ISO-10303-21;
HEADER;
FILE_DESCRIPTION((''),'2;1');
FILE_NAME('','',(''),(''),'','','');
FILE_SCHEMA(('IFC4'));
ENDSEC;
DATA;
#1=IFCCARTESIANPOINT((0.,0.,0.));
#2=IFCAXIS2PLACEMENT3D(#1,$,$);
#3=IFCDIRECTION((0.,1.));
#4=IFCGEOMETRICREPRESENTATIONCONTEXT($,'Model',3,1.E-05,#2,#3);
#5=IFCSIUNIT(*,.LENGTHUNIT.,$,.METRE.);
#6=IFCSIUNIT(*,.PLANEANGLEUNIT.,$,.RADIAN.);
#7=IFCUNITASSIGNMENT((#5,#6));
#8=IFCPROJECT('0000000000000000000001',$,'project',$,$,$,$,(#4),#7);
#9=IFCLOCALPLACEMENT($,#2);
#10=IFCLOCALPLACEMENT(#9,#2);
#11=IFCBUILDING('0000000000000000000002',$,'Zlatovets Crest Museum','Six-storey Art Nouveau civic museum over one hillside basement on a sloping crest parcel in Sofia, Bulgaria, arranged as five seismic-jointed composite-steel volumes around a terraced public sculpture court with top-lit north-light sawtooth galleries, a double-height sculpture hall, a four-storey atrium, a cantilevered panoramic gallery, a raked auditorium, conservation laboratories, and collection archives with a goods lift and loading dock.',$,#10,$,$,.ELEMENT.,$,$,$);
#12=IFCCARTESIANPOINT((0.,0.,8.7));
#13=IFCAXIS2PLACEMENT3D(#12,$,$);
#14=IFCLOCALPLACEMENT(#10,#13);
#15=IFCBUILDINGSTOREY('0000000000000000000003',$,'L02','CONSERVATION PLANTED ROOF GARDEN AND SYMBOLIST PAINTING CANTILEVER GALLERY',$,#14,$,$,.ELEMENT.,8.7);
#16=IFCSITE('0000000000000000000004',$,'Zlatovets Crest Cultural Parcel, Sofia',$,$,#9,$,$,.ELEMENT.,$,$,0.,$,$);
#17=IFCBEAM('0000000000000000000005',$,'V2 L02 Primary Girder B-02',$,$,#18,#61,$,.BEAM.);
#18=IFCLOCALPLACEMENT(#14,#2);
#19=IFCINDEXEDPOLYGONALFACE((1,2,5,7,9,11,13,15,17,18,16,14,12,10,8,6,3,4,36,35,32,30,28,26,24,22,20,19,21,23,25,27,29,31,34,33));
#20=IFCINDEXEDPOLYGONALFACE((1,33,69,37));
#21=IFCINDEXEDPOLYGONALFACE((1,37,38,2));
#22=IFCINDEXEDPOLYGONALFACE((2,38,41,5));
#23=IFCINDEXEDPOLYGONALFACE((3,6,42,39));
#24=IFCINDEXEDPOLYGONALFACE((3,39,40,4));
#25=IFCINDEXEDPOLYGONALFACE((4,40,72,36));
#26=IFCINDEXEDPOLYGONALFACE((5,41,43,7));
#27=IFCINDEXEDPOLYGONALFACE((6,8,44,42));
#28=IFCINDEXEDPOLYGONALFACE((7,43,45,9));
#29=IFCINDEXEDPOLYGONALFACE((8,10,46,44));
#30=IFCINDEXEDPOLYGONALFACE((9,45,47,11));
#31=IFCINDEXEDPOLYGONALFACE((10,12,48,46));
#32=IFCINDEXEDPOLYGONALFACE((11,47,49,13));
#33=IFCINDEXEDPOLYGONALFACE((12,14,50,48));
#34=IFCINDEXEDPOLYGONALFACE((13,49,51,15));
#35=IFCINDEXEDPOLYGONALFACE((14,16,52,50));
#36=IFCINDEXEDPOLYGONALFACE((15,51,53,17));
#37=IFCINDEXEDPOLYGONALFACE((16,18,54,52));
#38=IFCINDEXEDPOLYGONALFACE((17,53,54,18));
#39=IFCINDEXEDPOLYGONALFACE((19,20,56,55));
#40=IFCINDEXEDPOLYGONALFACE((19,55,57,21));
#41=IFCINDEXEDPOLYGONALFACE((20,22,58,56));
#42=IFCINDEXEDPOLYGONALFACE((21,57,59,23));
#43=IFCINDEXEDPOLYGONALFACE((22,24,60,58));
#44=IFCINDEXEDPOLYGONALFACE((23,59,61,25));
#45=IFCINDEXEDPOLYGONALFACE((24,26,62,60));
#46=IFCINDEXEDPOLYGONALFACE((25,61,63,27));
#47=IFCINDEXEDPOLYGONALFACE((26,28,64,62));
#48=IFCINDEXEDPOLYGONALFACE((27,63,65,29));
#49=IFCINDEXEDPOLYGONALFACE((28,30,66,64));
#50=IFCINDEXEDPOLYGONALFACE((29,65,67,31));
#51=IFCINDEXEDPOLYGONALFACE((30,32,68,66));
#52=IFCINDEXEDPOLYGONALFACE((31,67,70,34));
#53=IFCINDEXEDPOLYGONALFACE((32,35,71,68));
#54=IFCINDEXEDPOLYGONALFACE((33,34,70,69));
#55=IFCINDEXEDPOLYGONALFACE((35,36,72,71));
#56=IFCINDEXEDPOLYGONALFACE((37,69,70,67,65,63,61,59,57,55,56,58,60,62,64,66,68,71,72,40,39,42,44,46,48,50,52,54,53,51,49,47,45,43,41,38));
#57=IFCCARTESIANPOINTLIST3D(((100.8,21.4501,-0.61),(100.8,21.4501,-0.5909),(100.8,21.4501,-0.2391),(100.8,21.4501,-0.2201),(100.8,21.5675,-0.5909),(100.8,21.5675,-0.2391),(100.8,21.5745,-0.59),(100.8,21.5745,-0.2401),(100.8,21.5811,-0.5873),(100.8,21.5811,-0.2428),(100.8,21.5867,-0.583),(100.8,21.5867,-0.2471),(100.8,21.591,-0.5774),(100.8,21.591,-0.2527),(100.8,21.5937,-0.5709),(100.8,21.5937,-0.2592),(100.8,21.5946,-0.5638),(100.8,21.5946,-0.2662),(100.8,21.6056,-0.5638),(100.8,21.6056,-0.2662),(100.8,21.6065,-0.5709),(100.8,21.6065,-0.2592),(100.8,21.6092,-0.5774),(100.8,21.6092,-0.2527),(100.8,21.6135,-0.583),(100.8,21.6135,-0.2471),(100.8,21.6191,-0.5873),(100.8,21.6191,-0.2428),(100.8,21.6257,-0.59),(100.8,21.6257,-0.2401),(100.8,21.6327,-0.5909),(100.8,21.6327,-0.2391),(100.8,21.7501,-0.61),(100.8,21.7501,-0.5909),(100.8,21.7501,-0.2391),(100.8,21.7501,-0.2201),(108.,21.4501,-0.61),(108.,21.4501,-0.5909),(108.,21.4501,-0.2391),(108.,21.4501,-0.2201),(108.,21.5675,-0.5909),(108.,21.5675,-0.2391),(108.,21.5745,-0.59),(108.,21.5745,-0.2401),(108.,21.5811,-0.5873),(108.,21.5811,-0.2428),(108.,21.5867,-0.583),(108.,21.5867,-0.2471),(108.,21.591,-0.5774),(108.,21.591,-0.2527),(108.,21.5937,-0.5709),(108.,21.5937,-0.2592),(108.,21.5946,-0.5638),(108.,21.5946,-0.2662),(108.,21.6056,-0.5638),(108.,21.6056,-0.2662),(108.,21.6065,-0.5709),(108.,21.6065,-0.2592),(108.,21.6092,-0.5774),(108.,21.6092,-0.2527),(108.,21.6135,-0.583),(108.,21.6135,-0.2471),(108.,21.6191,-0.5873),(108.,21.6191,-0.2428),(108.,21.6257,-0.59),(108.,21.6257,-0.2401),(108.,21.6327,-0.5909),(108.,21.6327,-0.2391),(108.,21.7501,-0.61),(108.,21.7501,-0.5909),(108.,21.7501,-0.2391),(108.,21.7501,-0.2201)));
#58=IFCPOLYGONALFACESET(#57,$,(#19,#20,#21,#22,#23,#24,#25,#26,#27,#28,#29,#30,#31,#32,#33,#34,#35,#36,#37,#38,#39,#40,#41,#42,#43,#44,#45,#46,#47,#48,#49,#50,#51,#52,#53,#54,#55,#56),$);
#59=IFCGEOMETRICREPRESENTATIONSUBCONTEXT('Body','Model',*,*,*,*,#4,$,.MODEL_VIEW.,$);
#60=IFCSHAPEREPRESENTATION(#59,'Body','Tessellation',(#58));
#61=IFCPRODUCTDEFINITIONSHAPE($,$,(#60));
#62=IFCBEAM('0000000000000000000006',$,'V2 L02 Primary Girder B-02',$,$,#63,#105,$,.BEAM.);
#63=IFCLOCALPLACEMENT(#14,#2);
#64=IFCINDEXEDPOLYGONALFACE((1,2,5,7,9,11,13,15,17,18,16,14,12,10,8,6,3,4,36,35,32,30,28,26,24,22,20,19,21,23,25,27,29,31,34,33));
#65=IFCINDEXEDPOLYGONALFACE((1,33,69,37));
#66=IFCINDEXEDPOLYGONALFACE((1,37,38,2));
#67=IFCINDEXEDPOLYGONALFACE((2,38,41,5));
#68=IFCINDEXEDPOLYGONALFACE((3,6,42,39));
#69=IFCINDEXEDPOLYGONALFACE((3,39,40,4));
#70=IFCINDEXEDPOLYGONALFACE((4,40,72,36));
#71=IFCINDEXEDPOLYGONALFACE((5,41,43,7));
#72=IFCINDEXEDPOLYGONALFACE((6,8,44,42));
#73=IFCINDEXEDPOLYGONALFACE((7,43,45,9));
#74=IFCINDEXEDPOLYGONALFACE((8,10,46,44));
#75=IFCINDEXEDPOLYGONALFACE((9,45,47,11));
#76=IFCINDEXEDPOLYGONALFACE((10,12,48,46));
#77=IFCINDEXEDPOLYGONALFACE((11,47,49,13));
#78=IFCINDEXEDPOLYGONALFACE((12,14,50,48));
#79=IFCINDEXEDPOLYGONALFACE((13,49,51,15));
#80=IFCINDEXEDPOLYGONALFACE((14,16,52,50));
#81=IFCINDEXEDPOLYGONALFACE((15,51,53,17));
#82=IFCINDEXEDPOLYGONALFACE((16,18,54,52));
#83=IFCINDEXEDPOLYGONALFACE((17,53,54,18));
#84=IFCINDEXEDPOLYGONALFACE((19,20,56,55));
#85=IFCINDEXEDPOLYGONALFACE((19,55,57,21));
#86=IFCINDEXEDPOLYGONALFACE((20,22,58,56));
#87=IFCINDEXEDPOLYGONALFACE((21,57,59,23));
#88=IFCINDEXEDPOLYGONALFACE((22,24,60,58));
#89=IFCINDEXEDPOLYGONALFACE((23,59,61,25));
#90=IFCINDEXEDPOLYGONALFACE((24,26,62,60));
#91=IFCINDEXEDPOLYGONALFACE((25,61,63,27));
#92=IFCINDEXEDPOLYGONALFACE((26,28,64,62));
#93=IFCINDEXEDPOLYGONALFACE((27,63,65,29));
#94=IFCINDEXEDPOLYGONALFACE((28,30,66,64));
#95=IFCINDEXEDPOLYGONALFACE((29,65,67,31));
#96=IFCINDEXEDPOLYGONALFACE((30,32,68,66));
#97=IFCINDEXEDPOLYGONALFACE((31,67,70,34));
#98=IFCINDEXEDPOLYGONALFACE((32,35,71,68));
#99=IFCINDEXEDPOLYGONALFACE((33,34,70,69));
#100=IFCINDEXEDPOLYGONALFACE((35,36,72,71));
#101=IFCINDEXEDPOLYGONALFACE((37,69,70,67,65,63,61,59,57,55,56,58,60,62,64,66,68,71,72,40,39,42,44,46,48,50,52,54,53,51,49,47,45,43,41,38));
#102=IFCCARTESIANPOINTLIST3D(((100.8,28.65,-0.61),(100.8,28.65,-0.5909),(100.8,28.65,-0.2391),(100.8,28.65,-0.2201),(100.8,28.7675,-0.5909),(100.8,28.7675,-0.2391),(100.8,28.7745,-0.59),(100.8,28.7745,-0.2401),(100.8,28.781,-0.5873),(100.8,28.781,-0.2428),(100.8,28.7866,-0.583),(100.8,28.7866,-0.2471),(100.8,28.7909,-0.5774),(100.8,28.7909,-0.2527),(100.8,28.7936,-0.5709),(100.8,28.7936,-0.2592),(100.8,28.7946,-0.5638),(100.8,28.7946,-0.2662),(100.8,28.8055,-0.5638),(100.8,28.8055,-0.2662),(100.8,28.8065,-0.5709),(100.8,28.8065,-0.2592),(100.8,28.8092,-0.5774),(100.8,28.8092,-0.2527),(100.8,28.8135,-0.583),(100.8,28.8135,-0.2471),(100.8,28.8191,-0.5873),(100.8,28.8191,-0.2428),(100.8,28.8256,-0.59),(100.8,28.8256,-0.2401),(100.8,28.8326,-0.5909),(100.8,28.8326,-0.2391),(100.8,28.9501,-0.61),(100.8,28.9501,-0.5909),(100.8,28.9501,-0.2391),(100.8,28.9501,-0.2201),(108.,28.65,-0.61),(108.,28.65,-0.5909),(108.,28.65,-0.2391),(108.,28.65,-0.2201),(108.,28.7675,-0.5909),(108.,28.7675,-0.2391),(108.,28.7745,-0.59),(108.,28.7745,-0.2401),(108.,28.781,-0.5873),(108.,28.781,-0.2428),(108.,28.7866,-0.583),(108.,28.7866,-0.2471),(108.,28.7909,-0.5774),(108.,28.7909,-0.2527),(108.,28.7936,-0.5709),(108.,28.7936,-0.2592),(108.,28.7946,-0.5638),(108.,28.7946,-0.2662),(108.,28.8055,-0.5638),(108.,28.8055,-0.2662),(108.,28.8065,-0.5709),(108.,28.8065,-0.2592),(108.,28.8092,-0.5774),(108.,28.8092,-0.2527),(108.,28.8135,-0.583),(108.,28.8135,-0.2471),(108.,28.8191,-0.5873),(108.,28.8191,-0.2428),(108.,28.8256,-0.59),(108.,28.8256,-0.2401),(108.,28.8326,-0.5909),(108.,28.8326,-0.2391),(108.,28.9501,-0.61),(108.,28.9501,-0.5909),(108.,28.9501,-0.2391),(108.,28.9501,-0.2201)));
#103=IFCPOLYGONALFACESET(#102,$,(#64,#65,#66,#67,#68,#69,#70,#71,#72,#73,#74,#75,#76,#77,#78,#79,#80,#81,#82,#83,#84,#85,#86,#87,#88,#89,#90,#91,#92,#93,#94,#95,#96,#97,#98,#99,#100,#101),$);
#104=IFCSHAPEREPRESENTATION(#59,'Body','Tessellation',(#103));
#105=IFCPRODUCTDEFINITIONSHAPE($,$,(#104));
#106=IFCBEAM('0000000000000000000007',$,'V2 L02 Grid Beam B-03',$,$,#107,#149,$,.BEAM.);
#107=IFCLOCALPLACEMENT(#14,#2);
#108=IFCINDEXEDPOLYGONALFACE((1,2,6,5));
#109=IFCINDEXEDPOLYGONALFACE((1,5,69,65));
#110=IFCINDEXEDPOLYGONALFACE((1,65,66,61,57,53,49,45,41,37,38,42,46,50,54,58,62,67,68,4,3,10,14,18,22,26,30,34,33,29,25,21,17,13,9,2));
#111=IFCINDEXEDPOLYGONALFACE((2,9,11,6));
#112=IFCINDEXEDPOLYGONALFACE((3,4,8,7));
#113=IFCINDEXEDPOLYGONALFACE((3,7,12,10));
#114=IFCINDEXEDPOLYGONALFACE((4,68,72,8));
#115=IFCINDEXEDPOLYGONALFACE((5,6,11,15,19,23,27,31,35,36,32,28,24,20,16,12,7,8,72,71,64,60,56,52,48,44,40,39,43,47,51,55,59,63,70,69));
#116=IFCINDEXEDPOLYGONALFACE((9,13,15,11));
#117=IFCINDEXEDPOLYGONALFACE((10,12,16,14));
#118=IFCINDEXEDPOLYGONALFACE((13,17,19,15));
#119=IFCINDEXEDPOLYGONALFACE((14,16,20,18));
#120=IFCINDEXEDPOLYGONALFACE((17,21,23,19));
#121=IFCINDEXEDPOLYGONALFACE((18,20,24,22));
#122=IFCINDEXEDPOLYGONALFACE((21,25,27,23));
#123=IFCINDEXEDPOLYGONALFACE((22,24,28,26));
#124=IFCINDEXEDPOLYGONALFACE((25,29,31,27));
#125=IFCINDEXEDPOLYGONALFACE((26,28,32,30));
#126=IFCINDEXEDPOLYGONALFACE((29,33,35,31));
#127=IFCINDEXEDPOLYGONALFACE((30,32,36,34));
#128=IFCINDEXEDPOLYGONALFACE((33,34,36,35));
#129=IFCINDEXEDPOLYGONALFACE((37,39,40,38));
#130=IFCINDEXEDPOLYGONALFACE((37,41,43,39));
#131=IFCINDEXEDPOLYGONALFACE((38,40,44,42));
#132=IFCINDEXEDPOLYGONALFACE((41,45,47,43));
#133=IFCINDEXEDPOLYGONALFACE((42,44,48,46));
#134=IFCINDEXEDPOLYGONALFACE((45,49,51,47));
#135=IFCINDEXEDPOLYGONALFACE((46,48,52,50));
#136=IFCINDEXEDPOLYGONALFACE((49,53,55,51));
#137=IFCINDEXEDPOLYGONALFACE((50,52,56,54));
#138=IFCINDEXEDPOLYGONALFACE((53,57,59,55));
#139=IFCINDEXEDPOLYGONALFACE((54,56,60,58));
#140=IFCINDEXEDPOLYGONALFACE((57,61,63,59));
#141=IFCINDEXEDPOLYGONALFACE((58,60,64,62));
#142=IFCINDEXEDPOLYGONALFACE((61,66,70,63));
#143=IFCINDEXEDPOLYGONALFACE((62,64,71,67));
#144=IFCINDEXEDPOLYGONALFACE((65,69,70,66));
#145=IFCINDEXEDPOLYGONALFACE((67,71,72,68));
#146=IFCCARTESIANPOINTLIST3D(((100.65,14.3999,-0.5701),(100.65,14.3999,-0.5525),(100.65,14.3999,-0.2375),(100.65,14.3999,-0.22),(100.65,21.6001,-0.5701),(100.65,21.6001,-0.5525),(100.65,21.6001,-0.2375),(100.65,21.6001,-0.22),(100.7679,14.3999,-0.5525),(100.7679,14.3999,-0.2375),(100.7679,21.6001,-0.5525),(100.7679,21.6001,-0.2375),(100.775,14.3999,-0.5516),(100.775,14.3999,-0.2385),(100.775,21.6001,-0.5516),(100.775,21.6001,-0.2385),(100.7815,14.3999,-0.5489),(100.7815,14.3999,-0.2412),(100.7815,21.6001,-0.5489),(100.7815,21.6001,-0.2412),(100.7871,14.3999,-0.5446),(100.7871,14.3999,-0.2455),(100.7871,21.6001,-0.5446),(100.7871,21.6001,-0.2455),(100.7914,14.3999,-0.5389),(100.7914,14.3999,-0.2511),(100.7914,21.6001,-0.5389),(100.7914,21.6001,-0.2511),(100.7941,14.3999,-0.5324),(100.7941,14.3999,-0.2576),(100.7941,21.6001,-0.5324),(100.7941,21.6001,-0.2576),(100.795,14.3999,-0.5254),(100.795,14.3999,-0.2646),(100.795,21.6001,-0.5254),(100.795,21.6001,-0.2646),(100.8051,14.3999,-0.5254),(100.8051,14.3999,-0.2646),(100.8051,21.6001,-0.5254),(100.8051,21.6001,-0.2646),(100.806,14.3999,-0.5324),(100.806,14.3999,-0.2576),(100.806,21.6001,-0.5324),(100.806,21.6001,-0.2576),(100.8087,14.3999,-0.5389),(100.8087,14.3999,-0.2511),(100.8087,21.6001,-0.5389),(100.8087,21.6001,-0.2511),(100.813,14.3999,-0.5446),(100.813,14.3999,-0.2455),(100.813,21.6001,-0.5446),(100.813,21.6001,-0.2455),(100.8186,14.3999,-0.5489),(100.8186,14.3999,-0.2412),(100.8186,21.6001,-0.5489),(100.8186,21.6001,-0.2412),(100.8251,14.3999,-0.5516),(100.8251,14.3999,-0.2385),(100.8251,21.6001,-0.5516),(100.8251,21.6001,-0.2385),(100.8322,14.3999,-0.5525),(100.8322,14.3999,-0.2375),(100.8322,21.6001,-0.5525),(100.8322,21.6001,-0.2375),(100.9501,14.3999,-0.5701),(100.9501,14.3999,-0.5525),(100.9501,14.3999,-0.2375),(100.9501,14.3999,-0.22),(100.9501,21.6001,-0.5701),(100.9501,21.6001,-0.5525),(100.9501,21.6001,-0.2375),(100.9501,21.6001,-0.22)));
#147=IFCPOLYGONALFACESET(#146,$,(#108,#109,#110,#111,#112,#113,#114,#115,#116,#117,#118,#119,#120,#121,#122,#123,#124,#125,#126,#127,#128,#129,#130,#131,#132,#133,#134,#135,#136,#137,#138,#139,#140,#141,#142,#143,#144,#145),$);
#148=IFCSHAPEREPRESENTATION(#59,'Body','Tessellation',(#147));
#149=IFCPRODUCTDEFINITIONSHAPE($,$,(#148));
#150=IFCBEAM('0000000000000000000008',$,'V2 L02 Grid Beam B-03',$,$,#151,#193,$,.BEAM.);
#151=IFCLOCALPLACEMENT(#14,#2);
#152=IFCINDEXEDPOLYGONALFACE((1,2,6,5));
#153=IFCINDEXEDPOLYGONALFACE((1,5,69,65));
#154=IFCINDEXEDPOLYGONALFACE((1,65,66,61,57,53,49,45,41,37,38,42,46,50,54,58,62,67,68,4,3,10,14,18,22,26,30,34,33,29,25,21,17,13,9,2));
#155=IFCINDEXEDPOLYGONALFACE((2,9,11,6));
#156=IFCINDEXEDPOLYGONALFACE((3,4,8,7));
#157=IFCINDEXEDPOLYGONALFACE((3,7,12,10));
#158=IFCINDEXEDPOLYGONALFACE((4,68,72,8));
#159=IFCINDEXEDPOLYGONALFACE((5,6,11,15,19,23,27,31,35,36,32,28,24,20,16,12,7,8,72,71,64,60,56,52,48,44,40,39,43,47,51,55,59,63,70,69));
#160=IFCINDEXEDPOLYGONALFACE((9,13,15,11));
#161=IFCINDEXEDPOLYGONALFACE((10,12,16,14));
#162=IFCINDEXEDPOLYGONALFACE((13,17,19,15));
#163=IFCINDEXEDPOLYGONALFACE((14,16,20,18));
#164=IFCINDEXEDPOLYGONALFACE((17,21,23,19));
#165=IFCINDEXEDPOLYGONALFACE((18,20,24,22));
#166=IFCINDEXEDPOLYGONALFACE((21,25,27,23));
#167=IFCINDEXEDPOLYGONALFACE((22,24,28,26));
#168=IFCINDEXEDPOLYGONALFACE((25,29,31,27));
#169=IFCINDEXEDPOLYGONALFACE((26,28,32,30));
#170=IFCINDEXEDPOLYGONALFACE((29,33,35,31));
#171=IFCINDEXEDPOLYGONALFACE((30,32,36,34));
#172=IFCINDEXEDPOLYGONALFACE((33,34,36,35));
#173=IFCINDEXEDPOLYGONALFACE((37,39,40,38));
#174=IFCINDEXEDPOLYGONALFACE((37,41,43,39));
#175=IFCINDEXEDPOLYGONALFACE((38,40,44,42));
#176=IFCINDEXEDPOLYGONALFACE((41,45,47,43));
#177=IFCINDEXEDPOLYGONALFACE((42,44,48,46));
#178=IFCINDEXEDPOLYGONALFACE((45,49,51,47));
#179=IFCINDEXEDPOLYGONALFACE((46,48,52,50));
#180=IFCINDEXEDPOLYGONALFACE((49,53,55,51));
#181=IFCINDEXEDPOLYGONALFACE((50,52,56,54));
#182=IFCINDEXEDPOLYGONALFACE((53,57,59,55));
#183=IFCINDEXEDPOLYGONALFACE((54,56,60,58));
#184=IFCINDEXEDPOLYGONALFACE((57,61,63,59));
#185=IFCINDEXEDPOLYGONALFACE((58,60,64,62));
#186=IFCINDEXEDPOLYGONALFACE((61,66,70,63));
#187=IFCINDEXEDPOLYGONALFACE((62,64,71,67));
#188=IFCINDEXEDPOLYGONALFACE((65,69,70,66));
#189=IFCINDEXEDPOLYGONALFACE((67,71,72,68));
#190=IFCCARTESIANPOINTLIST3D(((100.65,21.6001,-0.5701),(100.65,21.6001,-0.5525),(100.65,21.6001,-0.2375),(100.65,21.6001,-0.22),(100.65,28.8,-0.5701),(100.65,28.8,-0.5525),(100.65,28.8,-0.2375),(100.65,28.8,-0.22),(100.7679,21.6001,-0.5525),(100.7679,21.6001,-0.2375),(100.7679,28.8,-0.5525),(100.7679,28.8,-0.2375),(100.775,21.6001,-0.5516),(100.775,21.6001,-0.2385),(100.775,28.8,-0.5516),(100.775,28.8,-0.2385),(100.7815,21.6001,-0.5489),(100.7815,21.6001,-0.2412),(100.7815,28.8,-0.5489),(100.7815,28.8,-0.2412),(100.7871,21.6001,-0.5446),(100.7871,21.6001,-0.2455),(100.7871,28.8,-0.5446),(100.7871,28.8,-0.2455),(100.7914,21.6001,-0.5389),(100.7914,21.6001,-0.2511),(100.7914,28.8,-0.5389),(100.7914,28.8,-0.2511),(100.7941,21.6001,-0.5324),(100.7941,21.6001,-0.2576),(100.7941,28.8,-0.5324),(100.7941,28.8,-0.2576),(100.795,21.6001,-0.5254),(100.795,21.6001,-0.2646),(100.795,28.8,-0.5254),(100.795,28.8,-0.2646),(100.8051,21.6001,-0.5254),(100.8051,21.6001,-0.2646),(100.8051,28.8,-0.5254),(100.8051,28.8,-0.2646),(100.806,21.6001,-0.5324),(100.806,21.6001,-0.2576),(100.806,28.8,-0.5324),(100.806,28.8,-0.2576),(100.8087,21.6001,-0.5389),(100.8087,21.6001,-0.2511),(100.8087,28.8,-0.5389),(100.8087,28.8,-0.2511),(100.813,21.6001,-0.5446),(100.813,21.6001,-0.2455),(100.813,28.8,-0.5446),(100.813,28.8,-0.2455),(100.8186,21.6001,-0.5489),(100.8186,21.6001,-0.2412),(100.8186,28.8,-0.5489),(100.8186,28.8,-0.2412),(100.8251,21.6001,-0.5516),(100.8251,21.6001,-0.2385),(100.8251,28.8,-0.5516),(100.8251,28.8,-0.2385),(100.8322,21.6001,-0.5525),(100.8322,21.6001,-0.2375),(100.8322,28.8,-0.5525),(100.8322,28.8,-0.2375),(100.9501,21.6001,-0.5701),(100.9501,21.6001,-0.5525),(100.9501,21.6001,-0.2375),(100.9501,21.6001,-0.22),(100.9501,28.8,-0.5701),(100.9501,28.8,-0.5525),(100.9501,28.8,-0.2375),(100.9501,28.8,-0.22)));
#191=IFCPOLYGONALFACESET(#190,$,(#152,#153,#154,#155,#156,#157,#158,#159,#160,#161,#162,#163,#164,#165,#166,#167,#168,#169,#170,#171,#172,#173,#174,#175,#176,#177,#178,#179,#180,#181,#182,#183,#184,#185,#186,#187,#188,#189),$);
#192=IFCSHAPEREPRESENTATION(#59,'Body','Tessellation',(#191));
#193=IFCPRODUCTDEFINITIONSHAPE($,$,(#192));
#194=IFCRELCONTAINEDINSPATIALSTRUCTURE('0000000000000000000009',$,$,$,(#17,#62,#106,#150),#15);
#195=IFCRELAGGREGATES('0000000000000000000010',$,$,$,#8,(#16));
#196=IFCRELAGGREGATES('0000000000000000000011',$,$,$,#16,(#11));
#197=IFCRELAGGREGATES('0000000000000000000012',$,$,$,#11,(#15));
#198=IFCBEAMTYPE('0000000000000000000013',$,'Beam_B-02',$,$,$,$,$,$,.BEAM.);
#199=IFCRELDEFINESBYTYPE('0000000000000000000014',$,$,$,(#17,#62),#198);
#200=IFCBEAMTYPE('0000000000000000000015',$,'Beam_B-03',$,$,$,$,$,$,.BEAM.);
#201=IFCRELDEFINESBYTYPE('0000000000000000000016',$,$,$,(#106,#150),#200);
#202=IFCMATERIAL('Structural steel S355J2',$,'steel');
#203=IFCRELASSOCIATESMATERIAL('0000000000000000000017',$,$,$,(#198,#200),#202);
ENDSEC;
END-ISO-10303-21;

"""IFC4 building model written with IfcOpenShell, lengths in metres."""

from ifc_helpers import new_model, si_unit, direction, frame, origin, origin_2d, place, context, subcontext, project, spatial, i_section, extrude, material, material_profile, profile_set, type_object, element, save


model = new_model("IFC4")

# Units and contexts
model_context = context("Model", 3, precision=1e-05, world=origin(), true_north=direction((0.0, 1.0)))
body_context = subcontext(model_context, "Body", "Model", "MODEL_VIEW")
ifc_project = project(units=[si_unit("LENGTHUNIT", "METRE"), si_unit("PLANEANGLEUNIT", "RADIAN")], contexts=[model_context])

# Site, building, storey
site_placement = place(None, origin())
site = spatial("IfcSite", under=ifc_project, at=site_placement, Name="Zlatovets Crest Cultural Parcel, Sofia", CompositionType="ELEMENT", RefElevation=0.0)
building_placement = place(site_placement, origin())
building = spatial("IfcBuilding", under=site, at=building_placement, Name="Zlatovets Crest Museum", Description="Six-storey Art Nouveau civic museum over one hillside basement on a sloping crest parcel in Sofia, Bulgaria, arranged as five seismic-jointed composite-steel volumes around a terraced public sculpture court with top-lit north-light sawtooth galleries, a double-height sculpture hall, a four-storey atrium, a cantilevered panoramic gallery, a raked auditorium, conservation laboratories, and collection archives with a goods lift and loading dock.", CompositionType="ELEMENT")
storey_placement = place(building_placement, frame((0.0, 0.0, 8.7)))
storey = spatial("IfcBuildingStorey", under=building, at=storey_placement, Name="L02", Description="CONSERVATION PLANTED ROOF GARDEN AND SYMBOLIST PAINTING CANTILEVER GALLERY", CompositionType="ELEMENT", Elevation=8.7)

# Shared definitions
ifc_material_1 = material(Name="Structural steel S355J2", Category="steel")

# Beams
ifc_material_profile_1 = material_profile(ifc_material_1, i_section(OverallWidth=0.3, OverallDepth=0.3899, WebThickness=0.011, FlangeThickness=0.019, FilletRadius=0.0271, at=origin_2d()), Name="HEA 400")
ifc_profile_set_1 = profile_set([ifc_material_profile_1], Name="Structural steel S355J2")
beam_type_1 = type_object("IfcBeamType", Name="Beam_B-02", PredefinedType="BEAM", material=ifc_profile_set_1)
for number, where, z_axis, x_axis, name in (
    (1, (100.8, 21.6001, -0.415), (1.0, 0.0, 0.0), (0.0, 1.0, 0.0), "V2 L02 Primary Girder B-02"),
    (2, (100.8, 28.8, -0.415), (1.0, 0.0, 0.0), (0.0, 1.0, 0.0), "V2 L02 Primary Girder B-02"),
):
    element("IfcBeam", number, at=place(storey_placement, frame(where, z_axis=z_axis, x_axis=x_axis)), inside=storey, type_object=beam_type_1, Name=name, PredefinedType="BEAM", context=body_context, shape_type="SweptSolid", body=[
        extrude(i_section(OverallWidth=0.3, OverallDepth=0.3899, WebThickness=0.011, FlangeThickness=0.019, FilletRadius=0.0271, at=origin_2d()), origin(), (0.0, 0.0, 1.0), 7.2),
    ])
ifc_material_profile_2 = material_profile(ifc_material_1, i_section(OverallWidth=0.3, OverallDepth=0.3501, WebThickness=0.01, FlangeThickness=0.0176, FilletRadius=0.0271, at=origin_2d()), Name="HEA 360")
ifc_profile_set_2 = profile_set([ifc_material_profile_2], Name="Structural steel S355J2")
beam_type_2 = type_object("IfcBeamType", Name="Beam_B-03", PredefinedType="BEAM", material=ifc_profile_set_2)
beam_1_placement = place(storey_placement, frame((100.8, 14.3999, -0.395), z_axis=(0.0, 1.0, 0.0), x_axis=(-1.0, 0.0, 0.0)))
element("IfcBeam", 3, at=beam_1_placement, inside=storey, type_object=beam_type_2, Name="V2 L02 Grid Beam B-03", PredefinedType="BEAM", context=body_context, shape_type="SweptSolid", body=[
    extrude(i_section(OverallWidth=0.3, OverallDepth=0.3501, WebThickness=0.01, FlangeThickness=0.0176, FilletRadius=0.0271, at=origin_2d()), origin(), (0.0, 0.0, 1.0), 7.2002),
])
beam_2_placement = place(storey_placement, frame((100.8, 21.6001, -0.395), z_axis=(0.0, 1.0, 0.0), x_axis=(-1.0, 0.0, 0.0)))
element("IfcBeam", 4, at=beam_2_placement, inside=storey, type_object=beam_type_2, Name="V2 L02 Grid Beam B-03", PredefinedType="BEAM", context=body_context, shape_type="SweptSolid", body=[
    extrude(i_section(OverallWidth=0.3, OverallDepth=0.3501, WebThickness=0.01, FlangeThickness=0.0176, FilletRadius=0.0271, at=origin_2d()), origin(), (0.0, 0.0, 1.0), 7.2),
])

save(model, "model.ifc")
